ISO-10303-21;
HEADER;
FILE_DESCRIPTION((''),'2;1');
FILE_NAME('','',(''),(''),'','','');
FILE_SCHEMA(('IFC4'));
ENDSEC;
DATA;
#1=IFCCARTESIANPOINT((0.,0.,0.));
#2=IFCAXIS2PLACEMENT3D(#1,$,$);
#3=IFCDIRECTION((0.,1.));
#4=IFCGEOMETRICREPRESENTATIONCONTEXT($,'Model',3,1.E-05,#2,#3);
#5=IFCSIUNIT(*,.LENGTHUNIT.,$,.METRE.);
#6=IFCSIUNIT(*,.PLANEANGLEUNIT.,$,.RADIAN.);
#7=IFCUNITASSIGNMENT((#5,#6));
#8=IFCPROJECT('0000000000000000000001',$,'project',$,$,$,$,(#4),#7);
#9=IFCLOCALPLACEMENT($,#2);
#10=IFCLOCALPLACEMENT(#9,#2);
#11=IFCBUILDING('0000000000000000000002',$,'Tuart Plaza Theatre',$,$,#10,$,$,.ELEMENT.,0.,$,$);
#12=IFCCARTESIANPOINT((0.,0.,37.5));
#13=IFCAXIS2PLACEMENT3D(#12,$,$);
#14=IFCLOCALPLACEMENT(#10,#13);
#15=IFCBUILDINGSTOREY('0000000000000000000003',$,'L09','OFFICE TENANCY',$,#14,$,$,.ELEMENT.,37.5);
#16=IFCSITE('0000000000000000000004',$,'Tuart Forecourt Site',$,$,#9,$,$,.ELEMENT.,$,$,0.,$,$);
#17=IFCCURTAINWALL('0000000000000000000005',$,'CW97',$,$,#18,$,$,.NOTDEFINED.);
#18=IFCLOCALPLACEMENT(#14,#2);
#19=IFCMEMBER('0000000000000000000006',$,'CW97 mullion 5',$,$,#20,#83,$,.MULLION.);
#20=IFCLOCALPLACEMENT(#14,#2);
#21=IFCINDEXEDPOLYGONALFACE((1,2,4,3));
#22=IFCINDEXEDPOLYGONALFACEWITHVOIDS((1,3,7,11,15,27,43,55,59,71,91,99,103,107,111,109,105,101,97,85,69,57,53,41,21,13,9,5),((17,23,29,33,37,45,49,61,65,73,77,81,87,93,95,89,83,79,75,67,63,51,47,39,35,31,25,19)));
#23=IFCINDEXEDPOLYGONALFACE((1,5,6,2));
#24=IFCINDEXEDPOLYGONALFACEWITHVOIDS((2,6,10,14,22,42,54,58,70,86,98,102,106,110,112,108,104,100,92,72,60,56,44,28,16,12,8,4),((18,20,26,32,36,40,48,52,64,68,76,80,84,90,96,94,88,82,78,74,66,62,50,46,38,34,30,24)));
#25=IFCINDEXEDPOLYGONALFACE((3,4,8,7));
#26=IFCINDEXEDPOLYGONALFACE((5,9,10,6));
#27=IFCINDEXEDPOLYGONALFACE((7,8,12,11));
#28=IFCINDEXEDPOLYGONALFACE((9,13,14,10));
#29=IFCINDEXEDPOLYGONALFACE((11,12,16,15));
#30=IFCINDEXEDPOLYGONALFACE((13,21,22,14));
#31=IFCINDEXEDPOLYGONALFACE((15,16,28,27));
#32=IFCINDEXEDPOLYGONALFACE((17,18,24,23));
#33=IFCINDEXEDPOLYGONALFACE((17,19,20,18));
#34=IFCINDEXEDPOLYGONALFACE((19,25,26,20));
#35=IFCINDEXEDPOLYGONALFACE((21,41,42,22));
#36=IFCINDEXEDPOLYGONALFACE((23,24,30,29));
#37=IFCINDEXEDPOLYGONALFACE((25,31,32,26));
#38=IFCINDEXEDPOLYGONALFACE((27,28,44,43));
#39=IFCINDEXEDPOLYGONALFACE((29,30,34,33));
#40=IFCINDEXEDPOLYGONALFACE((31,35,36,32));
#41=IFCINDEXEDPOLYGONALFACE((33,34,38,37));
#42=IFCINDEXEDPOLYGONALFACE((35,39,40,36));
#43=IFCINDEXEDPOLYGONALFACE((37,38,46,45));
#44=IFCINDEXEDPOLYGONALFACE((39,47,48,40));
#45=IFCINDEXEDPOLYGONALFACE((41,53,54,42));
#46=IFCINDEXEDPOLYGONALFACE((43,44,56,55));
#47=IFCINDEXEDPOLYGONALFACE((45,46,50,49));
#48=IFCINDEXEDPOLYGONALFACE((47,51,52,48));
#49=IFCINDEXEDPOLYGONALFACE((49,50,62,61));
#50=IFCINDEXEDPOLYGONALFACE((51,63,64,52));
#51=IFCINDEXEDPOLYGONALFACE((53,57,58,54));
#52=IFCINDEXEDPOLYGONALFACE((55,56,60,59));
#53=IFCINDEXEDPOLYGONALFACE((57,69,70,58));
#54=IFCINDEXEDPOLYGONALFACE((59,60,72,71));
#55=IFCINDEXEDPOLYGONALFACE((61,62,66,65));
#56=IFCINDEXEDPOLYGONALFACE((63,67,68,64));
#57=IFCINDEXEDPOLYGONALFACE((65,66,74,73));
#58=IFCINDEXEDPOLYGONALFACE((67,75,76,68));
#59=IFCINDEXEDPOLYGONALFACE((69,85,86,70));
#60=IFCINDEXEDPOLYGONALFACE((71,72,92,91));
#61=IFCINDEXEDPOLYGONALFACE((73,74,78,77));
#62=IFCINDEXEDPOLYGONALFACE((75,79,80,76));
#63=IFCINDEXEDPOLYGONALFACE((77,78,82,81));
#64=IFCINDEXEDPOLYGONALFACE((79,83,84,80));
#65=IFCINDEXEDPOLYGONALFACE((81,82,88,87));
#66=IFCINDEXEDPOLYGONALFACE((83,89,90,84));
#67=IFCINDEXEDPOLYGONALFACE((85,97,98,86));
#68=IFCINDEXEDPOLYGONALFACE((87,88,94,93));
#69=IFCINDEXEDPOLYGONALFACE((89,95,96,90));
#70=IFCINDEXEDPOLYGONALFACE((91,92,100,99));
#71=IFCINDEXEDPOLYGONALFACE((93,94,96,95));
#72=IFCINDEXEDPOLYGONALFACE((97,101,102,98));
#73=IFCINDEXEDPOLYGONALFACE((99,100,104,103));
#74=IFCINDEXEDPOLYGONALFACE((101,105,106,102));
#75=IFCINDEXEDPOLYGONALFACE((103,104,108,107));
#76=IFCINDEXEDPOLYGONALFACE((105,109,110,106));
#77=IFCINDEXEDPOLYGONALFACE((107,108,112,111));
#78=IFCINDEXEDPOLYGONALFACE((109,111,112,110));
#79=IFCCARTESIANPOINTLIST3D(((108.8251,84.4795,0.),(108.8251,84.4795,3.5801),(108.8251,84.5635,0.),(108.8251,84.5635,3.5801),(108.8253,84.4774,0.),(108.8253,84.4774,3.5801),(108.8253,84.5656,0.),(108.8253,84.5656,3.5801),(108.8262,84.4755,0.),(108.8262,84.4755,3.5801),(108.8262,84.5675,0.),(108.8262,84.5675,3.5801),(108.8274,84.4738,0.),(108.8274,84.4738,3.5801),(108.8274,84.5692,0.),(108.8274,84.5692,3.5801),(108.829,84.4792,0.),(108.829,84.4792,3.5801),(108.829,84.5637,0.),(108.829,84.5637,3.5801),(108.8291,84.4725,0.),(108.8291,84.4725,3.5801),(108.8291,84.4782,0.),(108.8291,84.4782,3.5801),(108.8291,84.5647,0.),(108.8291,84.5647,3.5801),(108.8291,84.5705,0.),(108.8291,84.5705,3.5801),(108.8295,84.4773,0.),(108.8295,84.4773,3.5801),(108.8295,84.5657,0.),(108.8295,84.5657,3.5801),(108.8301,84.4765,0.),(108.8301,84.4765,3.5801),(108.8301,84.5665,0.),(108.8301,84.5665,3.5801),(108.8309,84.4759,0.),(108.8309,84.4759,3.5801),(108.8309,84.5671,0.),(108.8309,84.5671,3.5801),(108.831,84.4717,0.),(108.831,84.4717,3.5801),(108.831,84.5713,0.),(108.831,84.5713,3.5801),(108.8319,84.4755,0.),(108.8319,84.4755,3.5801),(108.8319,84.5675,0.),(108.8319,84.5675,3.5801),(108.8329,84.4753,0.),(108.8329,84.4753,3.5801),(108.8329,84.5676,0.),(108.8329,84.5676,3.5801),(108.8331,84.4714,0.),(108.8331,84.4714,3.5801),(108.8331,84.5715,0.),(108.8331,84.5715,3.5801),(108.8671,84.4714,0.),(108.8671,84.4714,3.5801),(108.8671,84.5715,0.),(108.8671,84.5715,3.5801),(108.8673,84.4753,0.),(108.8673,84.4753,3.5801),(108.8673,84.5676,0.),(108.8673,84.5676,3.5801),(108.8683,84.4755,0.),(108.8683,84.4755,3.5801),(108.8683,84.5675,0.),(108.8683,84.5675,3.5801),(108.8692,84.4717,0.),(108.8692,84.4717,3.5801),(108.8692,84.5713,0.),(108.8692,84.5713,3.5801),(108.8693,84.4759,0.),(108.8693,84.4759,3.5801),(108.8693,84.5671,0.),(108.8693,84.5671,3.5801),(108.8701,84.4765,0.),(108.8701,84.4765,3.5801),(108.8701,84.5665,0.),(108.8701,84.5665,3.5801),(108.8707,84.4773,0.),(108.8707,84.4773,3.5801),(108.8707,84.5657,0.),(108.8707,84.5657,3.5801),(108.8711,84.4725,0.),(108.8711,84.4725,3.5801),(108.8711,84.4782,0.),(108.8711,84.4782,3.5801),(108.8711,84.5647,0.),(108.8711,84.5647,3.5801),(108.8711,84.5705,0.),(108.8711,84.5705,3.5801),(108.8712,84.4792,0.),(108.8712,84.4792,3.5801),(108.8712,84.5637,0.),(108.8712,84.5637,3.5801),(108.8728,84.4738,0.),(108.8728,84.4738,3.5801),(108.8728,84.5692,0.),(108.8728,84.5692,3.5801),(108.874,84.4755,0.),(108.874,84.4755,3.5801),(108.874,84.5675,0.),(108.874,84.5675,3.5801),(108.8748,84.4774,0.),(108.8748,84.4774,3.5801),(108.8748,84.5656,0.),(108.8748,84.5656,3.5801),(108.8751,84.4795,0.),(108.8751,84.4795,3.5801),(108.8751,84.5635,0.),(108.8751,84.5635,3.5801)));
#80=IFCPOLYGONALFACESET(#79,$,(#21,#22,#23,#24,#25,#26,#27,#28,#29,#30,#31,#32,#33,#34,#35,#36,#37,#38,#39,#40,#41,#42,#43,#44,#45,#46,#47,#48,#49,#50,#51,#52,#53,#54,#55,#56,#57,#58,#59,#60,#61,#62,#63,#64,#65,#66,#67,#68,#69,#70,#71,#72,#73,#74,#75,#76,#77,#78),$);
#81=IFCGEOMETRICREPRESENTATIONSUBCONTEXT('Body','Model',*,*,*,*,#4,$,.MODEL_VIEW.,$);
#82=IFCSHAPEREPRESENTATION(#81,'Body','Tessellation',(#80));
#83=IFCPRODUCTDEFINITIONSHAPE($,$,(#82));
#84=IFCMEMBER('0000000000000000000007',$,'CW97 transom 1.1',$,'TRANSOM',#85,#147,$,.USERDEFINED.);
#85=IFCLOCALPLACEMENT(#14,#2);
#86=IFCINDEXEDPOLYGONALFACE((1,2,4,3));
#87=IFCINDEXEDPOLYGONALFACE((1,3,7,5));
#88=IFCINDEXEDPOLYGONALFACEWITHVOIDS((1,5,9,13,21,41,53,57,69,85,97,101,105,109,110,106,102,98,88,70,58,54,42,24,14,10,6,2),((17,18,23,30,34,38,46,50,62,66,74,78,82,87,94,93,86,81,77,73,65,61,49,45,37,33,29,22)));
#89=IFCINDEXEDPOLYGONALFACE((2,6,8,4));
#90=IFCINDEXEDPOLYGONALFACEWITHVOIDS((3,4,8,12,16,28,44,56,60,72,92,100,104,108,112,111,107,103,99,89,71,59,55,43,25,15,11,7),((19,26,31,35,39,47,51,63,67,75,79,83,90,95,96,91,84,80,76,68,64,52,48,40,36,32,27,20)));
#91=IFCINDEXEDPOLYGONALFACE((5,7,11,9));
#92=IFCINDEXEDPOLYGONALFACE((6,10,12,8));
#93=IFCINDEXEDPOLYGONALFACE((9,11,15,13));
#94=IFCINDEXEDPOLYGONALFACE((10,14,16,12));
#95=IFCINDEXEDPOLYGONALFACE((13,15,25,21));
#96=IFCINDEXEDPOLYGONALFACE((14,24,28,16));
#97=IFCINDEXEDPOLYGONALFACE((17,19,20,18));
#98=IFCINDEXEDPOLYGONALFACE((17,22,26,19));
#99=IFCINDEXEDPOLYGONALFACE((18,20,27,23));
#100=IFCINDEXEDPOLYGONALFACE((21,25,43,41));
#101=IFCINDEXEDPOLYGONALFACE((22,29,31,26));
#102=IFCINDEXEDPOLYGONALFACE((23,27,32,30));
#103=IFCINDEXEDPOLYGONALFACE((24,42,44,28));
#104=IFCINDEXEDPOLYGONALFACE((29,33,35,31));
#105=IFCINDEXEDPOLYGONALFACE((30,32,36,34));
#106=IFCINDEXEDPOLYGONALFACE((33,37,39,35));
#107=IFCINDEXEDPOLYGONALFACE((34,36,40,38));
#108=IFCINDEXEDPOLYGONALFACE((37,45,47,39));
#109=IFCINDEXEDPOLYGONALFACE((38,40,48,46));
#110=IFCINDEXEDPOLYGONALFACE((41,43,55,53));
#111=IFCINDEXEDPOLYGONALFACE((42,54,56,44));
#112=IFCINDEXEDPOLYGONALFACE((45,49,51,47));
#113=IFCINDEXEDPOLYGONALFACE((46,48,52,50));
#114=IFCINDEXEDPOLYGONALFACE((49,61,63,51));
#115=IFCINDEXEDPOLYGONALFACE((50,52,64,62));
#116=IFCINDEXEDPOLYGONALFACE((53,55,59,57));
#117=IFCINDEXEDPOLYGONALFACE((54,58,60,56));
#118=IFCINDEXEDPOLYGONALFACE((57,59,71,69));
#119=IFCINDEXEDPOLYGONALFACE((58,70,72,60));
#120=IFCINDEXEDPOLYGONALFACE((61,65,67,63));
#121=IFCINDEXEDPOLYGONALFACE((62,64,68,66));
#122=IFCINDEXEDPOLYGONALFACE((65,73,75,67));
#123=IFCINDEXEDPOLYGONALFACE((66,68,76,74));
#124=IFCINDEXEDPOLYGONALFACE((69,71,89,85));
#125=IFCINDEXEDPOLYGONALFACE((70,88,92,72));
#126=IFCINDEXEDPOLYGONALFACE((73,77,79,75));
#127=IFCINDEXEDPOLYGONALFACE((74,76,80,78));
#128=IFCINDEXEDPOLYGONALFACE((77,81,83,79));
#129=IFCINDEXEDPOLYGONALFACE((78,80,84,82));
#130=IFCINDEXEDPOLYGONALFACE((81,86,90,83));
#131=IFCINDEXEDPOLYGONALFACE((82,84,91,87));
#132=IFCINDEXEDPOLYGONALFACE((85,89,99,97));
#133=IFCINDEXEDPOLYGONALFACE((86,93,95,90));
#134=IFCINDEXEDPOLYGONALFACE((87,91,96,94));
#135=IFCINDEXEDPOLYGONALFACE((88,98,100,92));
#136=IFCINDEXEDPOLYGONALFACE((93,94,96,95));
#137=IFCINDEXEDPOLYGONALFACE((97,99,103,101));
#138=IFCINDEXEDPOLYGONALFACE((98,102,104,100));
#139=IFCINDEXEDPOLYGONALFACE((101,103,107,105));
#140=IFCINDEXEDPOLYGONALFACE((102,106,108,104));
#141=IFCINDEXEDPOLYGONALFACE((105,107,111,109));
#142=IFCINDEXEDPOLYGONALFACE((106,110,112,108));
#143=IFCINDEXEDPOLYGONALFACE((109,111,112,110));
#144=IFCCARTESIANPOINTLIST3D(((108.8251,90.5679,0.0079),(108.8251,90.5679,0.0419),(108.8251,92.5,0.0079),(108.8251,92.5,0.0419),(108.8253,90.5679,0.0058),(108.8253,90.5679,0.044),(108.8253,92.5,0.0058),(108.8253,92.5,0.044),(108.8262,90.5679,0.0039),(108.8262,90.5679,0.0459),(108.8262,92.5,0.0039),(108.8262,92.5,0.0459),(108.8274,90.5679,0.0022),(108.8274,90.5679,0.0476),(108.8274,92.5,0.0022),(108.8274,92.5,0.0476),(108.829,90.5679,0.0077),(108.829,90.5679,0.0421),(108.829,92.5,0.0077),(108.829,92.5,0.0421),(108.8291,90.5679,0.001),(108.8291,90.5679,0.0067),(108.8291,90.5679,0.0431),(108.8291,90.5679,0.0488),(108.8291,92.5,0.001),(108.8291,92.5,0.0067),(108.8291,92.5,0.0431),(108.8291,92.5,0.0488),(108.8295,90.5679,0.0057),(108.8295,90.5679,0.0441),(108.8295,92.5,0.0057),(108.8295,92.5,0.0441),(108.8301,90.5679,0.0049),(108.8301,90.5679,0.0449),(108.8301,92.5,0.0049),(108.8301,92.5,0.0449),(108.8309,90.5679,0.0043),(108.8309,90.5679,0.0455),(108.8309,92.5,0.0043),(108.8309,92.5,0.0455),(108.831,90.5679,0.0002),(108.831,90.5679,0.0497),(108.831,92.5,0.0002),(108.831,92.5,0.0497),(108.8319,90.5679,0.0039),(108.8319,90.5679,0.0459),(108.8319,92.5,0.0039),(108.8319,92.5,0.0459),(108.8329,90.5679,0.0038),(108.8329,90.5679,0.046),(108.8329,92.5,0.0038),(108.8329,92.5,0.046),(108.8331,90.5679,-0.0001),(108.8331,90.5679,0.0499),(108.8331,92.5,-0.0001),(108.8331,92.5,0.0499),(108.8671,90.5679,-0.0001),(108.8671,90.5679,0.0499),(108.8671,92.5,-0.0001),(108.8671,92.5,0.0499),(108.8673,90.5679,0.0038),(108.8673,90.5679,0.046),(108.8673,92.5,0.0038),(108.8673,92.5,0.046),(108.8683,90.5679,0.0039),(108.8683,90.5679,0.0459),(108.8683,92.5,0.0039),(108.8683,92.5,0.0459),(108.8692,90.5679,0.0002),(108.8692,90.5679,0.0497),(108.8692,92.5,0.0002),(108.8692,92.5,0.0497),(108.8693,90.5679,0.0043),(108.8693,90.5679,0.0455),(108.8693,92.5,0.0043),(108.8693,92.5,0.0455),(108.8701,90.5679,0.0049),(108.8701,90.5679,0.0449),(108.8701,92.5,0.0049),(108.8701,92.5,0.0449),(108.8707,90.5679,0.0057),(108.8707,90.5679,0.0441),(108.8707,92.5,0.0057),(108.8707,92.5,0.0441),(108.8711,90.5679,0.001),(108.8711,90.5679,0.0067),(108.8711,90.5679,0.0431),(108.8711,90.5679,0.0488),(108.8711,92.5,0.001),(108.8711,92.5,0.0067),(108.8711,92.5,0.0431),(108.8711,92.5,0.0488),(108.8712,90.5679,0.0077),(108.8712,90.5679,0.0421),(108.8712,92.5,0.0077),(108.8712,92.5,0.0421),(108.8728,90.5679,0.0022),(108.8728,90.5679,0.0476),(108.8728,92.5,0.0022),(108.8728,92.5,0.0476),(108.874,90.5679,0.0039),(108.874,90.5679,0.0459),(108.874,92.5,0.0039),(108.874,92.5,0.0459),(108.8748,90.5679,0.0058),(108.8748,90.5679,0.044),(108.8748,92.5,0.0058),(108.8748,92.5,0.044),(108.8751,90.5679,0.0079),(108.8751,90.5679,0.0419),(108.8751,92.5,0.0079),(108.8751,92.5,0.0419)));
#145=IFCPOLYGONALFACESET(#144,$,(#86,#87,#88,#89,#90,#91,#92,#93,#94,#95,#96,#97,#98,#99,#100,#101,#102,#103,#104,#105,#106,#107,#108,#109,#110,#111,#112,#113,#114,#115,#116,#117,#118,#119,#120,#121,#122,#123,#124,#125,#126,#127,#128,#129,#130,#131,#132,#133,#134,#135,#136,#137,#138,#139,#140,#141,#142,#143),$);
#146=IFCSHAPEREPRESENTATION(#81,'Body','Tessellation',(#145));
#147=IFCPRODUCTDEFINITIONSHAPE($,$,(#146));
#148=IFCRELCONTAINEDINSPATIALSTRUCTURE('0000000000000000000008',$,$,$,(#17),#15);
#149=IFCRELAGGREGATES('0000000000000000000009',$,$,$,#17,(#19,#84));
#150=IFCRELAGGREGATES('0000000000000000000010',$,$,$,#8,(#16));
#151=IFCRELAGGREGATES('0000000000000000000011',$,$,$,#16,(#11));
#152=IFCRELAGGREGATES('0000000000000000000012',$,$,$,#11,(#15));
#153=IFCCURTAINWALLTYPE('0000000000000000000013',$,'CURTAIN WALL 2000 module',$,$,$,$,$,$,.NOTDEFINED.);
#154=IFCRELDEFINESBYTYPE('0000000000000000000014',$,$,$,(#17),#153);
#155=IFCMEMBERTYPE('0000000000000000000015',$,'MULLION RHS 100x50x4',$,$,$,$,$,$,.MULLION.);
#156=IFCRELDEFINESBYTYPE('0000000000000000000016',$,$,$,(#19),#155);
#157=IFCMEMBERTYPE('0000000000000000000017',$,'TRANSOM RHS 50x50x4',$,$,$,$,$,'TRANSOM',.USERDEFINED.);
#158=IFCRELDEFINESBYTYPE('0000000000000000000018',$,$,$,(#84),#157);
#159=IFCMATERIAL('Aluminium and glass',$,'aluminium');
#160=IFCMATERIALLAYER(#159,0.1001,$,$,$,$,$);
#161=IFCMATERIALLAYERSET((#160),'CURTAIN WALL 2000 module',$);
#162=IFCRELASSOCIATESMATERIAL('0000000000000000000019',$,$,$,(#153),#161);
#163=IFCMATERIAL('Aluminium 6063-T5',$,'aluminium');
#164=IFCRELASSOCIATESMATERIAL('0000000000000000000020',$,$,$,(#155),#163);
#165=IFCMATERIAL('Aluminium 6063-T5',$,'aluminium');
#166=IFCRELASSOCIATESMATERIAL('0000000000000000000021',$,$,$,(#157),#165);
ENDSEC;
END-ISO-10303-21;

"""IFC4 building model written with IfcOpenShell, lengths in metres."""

from ifc_helpers import new_model, si_unit, direction, frame, origin, origin_2d, place, context, subcontext, project, spatial, hollow_rectangle, extrude, material, layer, layer_set, material_profile, profile_set, type_object, element, aggregate, save


model = new_model("IFC4")

# Units and contexts
model_context = context("Model", 3, precision=1e-05, world=origin(), true_north=direction((0.0, 1.0)))
body_context = subcontext(model_context, "Body", "Model", "MODEL_VIEW")
ifc_project = project(units=[si_unit("LENGTHUNIT", "METRE"), si_unit("PLANEANGLEUNIT", "RADIAN")], contexts=[model_context])

# Site, building, storey
site_placement = place(None, origin())
site = spatial("IfcSite", under=ifc_project, at=site_placement, Name="Tuart Forecourt Site", CompositionType="ELEMENT", RefElevation=0.0)
building_placement = place(site_placement, origin())
building = spatial("IfcBuilding", under=site, at=building_placement, Name="Tuart Plaza Theatre", CompositionType="ELEMENT", ElevationOfRefHeight=0.0)
storey_placement = place(building_placement, frame((0.0, 0.0, 37.5)))
storey = spatial("IfcBuildingStorey", under=building, at=storey_placement, Name="L09", Description="OFFICE TENANCY", CompositionType="ELEMENT", Elevation=37.5)

# Curtain wall, members
ifc_material_1 = material(Name="Aluminium and glass", Category="aluminium")
ifc_layer_1 = layer(ifc_material_1, 0.1001)
ifc_layer_set_1 = layer_set([ifc_layer_1], Name="CURTAIN WALL 2000 module")
curtain_wall_type = type_object("IfcCurtainWallType", Name="CURTAIN WALL 2000 module", PredefinedType="NOTDEFINED", material=ifc_layer_set_1)
curtain_wall_placement = place(storey_placement, origin())
curtain_wall = element("IfcCurtainWall", 1, at=curtain_wall_placement, inside=storey, type_object=curtain_wall_type, Name="CW97", PredefinedType="NOTDEFINED")
ifc_material_2 = material(Name="Aluminium 6063-T5", Category="aluminium")
ifc_material_profile_1 = material_profile(ifc_material_2, hollow_rectangle(XDim=0.05, YDim=0.1001, WallThickness=0.0039, InnerFilletRadius=0.0039, OuterFilletRadius=0.0081, at=origin_2d()), Name="RHS 100x50x4")
ifc_profile_set_1 = profile_set([ifc_material_profile_1], Name="Aluminium 6063-T5")
member_type_1 = type_object("IfcMemberType", Name="MULLION RHS 100x50x4", PredefinedType="MULLION", material=ifc_profile_set_1)
member_1_placement = place(storey_placement, frame((108.8501, 84.5215, 0.0), z_axis=(0.0, 0.0, 1.0), x_axis=(1.0, 0.0, 0.0)))
member_1 = element("IfcMember", 2, at=member_1_placement, type_object=member_type_1, Name="CW97 mullion 5", PredefinedType="MULLION", context=body_context, shape_type="SweptSolid", body=[
    extrude(hollow_rectangle(XDim=0.05, YDim=0.1001, WallThickness=0.0039, InnerFilletRadius=0.0039, OuterFilletRadius=0.0081, at=origin_2d()), origin(), (0.0, 0.0, 1.0), 3.5801),
])
ifc_material_3 = material(Name="Aluminium 6063-T5", Category="aluminium")
ifc_material_profile_2 = material_profile(ifc_material_3, hollow_rectangle(XDim=0.05, YDim=0.05, WallThickness=0.0039, InnerFilletRadius=0.0039, OuterFilletRadius=0.0081, at=origin_2d()), Name="RHS 50x50x4")
ifc_profile_set_2 = profile_set([ifc_material_profile_2], Name="Aluminium 6063-T5")
member_type_2 = type_object("IfcMemberType", Name="TRANSOM RHS 50x50x4", ElementType="TRANSOM", PredefinedType="USERDEFINED", material=ifc_profile_set_2)
member_2_placement = place(storey_placement, frame((108.8501, 92.5, 0.0249), z_axis=(0.0, -1.0, 0.0), x_axis=(1.0, 0.0, 0.0)))
member_2 = element("IfcMember", 3, at=member_2_placement, type_object=member_type_2, Name="CW97 transom 1.1", ObjectType="TRANSOM", PredefinedType="USERDEFINED", context=body_context, shape_type="SweptSolid", body=[
    extrude(hollow_rectangle(XDim=0.05, YDim=0.05, WallThickness=0.0039, InnerFilletRadius=0.0039, OuterFilletRadius=0.0081, at=origin_2d()), origin(), (0.0, 0.0, 1.0), 1.9321),
])
aggregate(curtain_wall, [member_1, member_2])

save(model, "model.ifc")
